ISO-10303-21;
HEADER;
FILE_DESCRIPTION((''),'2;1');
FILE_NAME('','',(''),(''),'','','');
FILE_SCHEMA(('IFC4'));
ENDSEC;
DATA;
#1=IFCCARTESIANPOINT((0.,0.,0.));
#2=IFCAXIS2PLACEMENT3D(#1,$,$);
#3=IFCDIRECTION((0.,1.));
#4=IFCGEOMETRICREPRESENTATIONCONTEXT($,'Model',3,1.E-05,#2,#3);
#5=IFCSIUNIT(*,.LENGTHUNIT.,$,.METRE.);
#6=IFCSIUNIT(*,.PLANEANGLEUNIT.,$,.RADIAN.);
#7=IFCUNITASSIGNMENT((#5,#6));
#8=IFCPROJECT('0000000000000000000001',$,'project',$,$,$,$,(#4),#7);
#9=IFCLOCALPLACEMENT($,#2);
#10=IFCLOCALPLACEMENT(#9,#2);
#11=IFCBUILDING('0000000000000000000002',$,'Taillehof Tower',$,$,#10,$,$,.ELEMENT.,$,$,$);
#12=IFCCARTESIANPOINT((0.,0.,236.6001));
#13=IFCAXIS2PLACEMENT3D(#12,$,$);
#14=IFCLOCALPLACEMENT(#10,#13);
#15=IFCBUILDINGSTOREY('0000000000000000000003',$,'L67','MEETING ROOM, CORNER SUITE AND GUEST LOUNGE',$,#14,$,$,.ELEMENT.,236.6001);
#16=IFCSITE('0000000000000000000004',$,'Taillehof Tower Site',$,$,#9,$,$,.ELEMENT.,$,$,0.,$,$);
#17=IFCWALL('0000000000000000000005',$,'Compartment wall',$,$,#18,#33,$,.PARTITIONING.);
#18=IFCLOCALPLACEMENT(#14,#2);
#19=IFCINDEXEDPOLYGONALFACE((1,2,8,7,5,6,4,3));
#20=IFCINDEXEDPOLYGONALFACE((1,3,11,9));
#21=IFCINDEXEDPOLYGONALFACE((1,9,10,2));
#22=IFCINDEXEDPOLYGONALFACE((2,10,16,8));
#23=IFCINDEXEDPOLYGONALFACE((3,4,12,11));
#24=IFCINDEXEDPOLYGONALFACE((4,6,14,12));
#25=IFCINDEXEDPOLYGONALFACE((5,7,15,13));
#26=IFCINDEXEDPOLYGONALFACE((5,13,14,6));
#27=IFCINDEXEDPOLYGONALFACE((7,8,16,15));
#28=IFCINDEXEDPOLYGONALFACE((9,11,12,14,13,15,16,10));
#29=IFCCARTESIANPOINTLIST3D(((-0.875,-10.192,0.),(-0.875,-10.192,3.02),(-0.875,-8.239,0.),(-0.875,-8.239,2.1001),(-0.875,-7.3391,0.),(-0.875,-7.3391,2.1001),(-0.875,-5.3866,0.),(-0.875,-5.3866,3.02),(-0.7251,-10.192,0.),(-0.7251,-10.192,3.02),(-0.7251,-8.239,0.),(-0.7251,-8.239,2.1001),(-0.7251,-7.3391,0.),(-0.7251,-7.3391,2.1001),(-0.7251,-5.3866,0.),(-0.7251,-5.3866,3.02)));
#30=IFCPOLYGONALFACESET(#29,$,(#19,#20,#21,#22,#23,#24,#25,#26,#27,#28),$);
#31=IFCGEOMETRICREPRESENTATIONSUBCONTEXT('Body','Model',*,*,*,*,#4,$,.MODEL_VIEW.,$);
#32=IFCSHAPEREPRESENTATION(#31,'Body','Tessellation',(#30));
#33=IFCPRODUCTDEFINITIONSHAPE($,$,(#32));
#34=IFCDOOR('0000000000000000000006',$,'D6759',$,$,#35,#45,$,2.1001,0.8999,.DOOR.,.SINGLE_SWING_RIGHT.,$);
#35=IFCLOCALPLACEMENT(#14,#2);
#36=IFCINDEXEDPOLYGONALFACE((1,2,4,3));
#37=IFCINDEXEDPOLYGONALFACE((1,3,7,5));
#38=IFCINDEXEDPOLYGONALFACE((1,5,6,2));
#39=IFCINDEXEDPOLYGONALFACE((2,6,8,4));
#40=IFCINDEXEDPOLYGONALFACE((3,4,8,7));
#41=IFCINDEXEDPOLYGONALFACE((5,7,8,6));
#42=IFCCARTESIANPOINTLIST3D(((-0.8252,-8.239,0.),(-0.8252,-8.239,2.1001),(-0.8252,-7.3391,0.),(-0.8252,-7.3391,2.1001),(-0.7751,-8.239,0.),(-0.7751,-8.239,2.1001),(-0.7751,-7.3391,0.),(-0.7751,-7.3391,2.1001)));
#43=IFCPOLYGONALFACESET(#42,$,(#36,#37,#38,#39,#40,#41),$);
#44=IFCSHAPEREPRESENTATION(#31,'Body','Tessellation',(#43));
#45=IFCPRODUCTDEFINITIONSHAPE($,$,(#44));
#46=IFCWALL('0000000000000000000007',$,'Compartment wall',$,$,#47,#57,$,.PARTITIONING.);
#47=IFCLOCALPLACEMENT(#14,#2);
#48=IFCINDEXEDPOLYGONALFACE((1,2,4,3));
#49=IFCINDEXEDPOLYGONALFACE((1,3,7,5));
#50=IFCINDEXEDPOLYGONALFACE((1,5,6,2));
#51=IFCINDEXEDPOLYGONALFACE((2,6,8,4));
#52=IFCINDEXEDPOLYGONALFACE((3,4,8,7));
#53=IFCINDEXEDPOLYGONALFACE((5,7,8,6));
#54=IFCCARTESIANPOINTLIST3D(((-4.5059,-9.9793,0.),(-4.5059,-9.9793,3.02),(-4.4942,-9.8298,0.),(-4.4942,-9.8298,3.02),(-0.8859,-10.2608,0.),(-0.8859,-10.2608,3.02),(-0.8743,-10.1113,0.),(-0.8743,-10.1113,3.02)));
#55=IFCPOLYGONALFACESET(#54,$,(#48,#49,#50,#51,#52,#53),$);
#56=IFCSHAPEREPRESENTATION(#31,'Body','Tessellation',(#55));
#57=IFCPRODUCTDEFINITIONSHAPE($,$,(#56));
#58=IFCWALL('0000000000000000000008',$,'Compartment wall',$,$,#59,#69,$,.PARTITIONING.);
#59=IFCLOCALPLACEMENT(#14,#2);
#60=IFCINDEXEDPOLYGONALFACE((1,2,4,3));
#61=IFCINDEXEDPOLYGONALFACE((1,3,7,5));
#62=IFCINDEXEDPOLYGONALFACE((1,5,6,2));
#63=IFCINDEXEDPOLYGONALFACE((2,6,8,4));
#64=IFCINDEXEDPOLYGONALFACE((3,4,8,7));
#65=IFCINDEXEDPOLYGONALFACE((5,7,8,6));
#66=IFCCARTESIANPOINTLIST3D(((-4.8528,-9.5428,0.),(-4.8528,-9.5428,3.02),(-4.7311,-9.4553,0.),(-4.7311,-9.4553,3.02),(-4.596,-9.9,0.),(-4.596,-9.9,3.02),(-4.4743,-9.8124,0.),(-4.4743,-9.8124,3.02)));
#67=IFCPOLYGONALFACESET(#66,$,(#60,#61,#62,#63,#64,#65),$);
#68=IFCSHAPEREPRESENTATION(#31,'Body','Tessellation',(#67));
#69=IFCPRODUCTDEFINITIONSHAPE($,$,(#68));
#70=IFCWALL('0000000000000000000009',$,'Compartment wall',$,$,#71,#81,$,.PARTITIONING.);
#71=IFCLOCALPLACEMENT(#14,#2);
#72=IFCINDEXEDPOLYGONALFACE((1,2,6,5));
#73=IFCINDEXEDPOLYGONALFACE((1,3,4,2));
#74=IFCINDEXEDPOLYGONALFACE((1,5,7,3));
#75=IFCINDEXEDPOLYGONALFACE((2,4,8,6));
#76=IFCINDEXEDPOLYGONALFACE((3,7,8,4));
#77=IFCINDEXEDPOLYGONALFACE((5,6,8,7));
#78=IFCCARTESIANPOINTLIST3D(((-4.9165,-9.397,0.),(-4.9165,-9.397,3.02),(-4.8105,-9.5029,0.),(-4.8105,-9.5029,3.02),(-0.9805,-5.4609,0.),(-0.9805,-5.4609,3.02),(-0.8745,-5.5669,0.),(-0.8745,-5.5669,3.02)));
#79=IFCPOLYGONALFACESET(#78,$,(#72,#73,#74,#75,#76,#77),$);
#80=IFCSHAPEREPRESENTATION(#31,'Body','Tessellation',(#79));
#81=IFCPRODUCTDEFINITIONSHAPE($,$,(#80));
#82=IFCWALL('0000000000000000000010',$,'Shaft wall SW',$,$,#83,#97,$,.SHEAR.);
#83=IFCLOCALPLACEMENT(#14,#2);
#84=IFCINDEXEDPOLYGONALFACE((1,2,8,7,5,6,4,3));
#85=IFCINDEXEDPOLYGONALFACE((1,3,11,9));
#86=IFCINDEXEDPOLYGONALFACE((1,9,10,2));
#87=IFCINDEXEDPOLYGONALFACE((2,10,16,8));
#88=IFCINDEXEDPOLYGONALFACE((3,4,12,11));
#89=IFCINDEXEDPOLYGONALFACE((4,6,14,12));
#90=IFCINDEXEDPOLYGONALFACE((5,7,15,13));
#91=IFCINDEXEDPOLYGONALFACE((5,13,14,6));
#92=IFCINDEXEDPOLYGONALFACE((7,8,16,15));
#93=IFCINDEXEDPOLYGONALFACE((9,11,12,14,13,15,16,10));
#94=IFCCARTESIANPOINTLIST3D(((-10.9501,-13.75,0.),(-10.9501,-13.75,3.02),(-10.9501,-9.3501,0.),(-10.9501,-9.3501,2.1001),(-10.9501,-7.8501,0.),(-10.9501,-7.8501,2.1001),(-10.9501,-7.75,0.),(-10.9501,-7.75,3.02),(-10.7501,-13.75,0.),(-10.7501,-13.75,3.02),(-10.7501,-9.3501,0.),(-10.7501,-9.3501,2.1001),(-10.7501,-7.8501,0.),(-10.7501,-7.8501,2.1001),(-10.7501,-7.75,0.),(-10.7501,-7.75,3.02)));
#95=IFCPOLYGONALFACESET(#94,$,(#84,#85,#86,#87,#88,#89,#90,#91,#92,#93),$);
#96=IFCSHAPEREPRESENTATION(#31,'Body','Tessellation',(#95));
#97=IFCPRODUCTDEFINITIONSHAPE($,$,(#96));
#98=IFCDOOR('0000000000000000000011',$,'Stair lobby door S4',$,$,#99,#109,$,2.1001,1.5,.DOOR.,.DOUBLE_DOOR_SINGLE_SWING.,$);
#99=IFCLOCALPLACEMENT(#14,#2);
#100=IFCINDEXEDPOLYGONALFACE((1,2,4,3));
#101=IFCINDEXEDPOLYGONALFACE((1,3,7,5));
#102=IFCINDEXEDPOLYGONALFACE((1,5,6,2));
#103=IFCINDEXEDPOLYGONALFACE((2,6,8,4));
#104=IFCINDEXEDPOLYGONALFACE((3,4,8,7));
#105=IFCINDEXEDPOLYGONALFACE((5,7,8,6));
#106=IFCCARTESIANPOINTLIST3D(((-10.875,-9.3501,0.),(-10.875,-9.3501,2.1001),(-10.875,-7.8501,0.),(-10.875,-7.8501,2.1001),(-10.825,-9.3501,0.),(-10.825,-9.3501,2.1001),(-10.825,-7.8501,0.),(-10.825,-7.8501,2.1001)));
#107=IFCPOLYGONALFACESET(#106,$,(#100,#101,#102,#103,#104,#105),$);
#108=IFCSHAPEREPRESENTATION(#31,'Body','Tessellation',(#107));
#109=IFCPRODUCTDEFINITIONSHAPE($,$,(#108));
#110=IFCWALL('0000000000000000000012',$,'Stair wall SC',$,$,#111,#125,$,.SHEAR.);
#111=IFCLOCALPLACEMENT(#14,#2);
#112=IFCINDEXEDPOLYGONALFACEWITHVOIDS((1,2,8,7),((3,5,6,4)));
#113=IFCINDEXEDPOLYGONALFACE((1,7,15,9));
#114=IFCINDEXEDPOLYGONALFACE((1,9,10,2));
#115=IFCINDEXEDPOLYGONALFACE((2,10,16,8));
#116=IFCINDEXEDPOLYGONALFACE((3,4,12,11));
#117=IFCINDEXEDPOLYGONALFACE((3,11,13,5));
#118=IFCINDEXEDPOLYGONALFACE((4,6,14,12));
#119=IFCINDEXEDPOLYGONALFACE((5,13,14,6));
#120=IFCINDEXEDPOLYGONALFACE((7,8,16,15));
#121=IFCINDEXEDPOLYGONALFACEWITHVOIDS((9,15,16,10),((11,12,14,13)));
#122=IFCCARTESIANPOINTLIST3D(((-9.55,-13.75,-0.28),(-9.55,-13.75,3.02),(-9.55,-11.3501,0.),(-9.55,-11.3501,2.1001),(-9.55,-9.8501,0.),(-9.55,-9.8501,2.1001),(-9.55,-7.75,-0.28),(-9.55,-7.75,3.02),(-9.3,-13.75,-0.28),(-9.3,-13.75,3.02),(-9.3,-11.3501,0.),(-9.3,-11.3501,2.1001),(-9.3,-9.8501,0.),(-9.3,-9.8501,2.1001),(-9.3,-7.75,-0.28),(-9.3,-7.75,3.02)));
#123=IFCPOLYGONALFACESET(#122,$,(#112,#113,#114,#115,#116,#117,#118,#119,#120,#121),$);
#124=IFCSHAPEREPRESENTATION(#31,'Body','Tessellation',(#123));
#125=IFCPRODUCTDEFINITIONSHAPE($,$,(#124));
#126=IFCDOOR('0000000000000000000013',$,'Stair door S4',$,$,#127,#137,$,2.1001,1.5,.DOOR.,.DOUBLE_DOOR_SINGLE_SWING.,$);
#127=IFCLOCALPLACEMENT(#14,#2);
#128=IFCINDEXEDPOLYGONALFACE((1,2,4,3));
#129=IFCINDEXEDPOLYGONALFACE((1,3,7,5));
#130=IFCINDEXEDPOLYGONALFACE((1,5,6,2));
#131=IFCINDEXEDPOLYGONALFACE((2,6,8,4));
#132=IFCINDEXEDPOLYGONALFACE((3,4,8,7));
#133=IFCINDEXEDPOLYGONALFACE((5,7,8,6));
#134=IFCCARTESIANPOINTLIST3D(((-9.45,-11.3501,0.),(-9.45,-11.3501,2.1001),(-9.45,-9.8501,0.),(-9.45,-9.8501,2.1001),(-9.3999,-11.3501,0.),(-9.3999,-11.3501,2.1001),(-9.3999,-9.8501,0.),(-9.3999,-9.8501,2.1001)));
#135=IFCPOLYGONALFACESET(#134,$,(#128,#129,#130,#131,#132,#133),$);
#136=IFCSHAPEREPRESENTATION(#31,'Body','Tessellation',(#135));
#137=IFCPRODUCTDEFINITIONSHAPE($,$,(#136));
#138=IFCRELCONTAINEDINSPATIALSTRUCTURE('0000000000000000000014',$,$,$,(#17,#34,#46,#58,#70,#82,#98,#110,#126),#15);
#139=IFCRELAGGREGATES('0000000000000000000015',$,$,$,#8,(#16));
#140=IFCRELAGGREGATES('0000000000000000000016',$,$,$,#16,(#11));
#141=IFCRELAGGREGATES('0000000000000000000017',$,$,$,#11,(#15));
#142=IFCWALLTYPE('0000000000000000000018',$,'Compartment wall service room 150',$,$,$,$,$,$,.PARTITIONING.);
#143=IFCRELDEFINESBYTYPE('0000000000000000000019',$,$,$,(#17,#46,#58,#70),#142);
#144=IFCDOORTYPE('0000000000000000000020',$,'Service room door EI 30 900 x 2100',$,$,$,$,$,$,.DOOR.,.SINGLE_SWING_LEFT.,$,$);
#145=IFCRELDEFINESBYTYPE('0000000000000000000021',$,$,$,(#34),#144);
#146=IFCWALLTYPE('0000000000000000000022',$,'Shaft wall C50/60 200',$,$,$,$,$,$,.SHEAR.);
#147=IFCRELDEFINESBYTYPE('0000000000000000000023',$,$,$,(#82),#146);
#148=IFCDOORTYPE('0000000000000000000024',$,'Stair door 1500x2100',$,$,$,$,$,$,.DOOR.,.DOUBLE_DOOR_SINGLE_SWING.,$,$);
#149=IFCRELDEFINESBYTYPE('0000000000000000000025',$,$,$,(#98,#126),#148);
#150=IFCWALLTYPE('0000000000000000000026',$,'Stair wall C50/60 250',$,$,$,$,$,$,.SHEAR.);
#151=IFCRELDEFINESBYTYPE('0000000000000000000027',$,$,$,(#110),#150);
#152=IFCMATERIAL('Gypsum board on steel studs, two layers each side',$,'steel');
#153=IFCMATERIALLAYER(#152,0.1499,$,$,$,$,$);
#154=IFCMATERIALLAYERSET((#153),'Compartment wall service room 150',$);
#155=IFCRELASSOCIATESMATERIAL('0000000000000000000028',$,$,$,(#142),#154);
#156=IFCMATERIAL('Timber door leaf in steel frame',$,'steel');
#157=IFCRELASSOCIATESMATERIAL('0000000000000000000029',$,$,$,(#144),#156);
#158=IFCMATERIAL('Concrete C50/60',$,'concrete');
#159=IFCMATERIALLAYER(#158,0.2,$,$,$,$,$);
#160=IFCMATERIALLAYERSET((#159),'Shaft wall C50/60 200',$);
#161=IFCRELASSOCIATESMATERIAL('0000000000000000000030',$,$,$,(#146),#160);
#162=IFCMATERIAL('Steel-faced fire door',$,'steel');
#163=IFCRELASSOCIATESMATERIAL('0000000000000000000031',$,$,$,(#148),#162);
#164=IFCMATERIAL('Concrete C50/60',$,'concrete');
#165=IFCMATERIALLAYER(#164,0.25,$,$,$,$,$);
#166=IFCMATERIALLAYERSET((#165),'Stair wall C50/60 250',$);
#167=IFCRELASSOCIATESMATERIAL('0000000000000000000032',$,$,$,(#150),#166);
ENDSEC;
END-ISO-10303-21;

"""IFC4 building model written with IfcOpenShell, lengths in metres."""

from ifc_helpers import new_model, si_unit, direction, frame, frame_2d, origin, place, context, subcontext, project, spatial, rectangle, extrude, material, layer, layer_set, type_object, element, fill, save


model = new_model("IFC4")

# Units and contexts
model_context = context("Model", 3, precision=1e-05, world=origin(), true_north=direction((0.0, 1.0)))
body_context = subcontext(model_context, "Body", "Model", "MODEL_VIEW")
ifc_project = project(units=[si_unit("LENGTHUNIT", "METRE"), si_unit("PLANEANGLEUNIT", "RADIAN")], contexts=[model_context])

# Site, building, storey
site_placement = place(None, origin())
site = spatial("IfcSite", under=ifc_project, at=site_placement, Name="Taillehof Tower Site", CompositionType="ELEMENT", RefElevation=0.0)
building_placement = place(site_placement, origin())
building = spatial("IfcBuilding", under=site, at=building_placement, Name="Taillehof Tower", CompositionType="ELEMENT")
storey_placement = place(building_placement, frame((0.0, 0.0, 236.6001)))
storey = spatial("IfcBuildingStorey", under=building, at=storey_placement, Name="L67", Description="MEETING ROOM, CORNER SUITE AND GUEST LOUNGE", CompositionType="ELEMENT", Elevation=236.6001)

# Wall, opening, door
ifc_material_1 = material(Name="Gypsum board on steel studs, two layers each side", Category="steel")
ifc_layer_1 = layer(ifc_material_1, 0.1499)
ifc_layer_set_1 = layer_set([ifc_layer_1], Name="Compartment wall service room 150")
wall_type_1 = type_object("IfcWallType", Name="Compartment wall service room 150", PredefinedType="PARTITIONING", material=ifc_layer_set_1)
wall_1_placement = place(storey_placement, frame((-0.8, -5.3865, 0.0), z_axis=(0.0, 0.0, 1.0), x_axis=(0.0, -1.0, 0.0)))
wall_1 = element("IfcWall", 1, at=wall_1_placement, inside=storey, type_object=wall_type_1, Name="Compartment wall", PredefinedType="PARTITIONING", context=body_context, shape_type="SweptSolid", body=[
    extrude(rectangle(XDim=4.8054, YDim=0.1499, at=frame_2d((2.4028, 0.0))), origin(), (0.0, 0.0, 1.0), 3.02),
])
opening_1_placement = place(wall_1_placement, frame((1.9526, 0.0, 0.0)))
opening_1 = element("IfcOpeningElement", 2, at=opening_1_placement, cuts=wall_1, PredefinedType="OPENING", context=body_context, shape_type="SweptSolid", body=[
    extrude(rectangle(XDim=0.8999, YDim=2.1001, at=frame_2d((0.45, 1.05))), frame((0.0, 0.085, 0.0), z_axis=(0.0, -1.0, 0.0), x_axis=(1.0, 0.0, 0.0)), (0.0, 0.0, 1.0), 0.1699),
])
ifc_material_2 = material(Name="Timber door leaf in steel frame", Category="steel")
door_type_1 = type_object("IfcDoorType", Name="Service room door EI 30 900 x 2100", OperationType="SINGLE_SWING_LEFT", PredefinedType="DOOR", material=ifc_material_2)
door_1_placement = place(opening_1_placement, origin())
door_1 = element("IfcDoor", 3, at=door_1_placement, inside=storey, type_object=door_type_1, Name="D6759", OperationType="SINGLE_SWING_RIGHT", OverallHeight=2.1001, OverallWidth=0.8999, PredefinedType="DOOR", context=body_context, shape_type="SweptSolid", body=[
    extrude(rectangle(XDim=0.8999, YDim=2.1001, at=frame_2d((0.45, 1.05))), frame((0.0, 0.0249, 0.0), z_axis=(0.0, -1.0, 0.0), x_axis=(1.0, 0.0, 0.0)), (0.0, 0.0, 1.0), 0.05),
])
fill(opening_1, door_1)

# Walls
wall_2_placement = place(storey_placement, frame((-0.8801, -10.186, 0.0), z_axis=(0.0, 0.0, 1.0), x_axis=(-0.99699, 0.077529, 0.0)))
element("IfcWall", 4, at=wall_2_placement, inside=storey, type_object=wall_type_1, Name="Compartment wall", PredefinedType="PARTITIONING", context=body_context, shape_type="SweptSolid", body=[
    extrude(rectangle(XDim=3.6309, YDim=0.1499, at=frame_2d((1.8154, 0.0))), origin(), (0.0, 0.0, 1.0), 3.02),
])
wall_3_placement = place(storey_placement, frame((-4.5352, -9.8562, 0.0), z_axis=(0.0, 0.0, 1.0), x_axis=(-0.583808, 0.811892, 0.0)))
element("IfcWall", 5, at=wall_3_placement, inside=storey, type_object=wall_type_1, Name="Compartment wall", PredefinedType="PARTITIONING", context=body_context, shape_type="SweptSolid", body=[
    extrude(rectangle(XDim=0.4399, YDim=0.1499, at=frame_2d((0.22, 0.0))), origin(), (0.0, 0.0, 1.0), 3.02),
])
wall_4_placement = place(storey_placement, frame((-4.8635, -9.45, 0.0), z_axis=(0.0, 0.0, 1.0), x_axis=(0.707107, 0.707107, 0.0)))
element("IfcWall", 6, at=wall_4_placement, inside=storey, type_object=wall_type_1, Name="Compartment wall", PredefinedType="PARTITIONING", context=body_context, shape_type="SweptSolid", body=[
    extrude(rectangle(XDim=5.5664, YDim=0.1499, at=frame_2d((2.7832, 0.0))), origin(), (0.0, 0.0, 1.0), 3.02),
])

# Walls, openings, doors
ifc_material_3 = material(Name="Concrete C50/60", Category="concrete")
ifc_layer_2 = layer(ifc_material_3, 0.2)
ifc_layer_set_2 = layer_set([ifc_layer_2], Name="Shaft wall C50/60 200")
wall_type_2 = type_object("IfcWallType", Name="Shaft wall C50/60 200", PredefinedType="SHEAR", material=ifc_layer_set_2)
wall_5_placement = place(storey_placement, frame((-10.8501, -13.75, 0.0), z_axis=(0.0, 0.0, 1.0), x_axis=(0.0, 1.0, 0.0)))
wall_5 = element("IfcWall", 7, at=wall_5_placement, inside=storey, type_object=wall_type_2, Name="Shaft wall SW", PredefinedType="SHEAR", context=body_context, shape_type="SweptSolid", body=[
    extrude(rectangle(XDim=6.0, YDim=0.2, at=frame_2d((3.0, 0.0))), origin(), (0.0, 0.0, 1.0), 3.02),
])
opening_2_placement = place(wall_5_placement, frame((4.3999, 0.0, 0.0)))
opening_2 = element("IfcOpeningElement", 8, at=opening_2_placement, cuts=wall_5, PredefinedType="OPENING", context=body_context, shape_type="SweptSolid", body=[
    extrude(rectangle(XDim=1.5, YDim=2.1001, at=frame_2d((0.75, 1.05))), frame((0.0, 0.1099, 0.0), z_axis=(0.0, -1.0, 0.0), x_axis=(1.0, 0.0, 0.0)), (0.0, 0.0, 1.0), 0.22),
])
ifc_material_4 = material(Name="Steel-faced fire door", Category="steel")
door_type_2 = type_object("IfcDoorType", Name="Stair door 1500x2100", OperationType="DOUBLE_DOOR_SINGLE_SWING", PredefinedType="DOOR", material=ifc_material_4)
door_2_placement = place(opening_2_placement, origin())
door_2 = element("IfcDoor", 9, at=door_2_placement, inside=storey, type_object=door_type_2, Name="Stair lobby door S4", OperationType="DOUBLE_DOOR_SINGLE_SWING", OverallHeight=2.1001, OverallWidth=1.5, PredefinedType="DOOR", context=body_context, shape_type="SweptSolid", body=[
    extrude(rectangle(XDim=1.5, YDim=2.1001, at=frame_2d((0.75, 1.05))), frame((0.0, 0.0249, 0.0), z_axis=(0.0, -1.0, 0.0), x_axis=(1.0, 0.0, 0.0)), (0.0, 0.0, 1.0), 0.05),
])
fill(opening_2, door_2)
ifc_material_5 = material(Name="Concrete C50/60", Category="concrete")
ifc_layer_3 = layer(ifc_material_5, 0.25)
ifc_layer_set_3 = layer_set([ifc_layer_3], Name="Stair wall C50/60 250")
wall_type_3 = type_object("IfcWallType", Name="Stair wall C50/60 250", PredefinedType="SHEAR", material=ifc_layer_set_3)
wall_6_placement = place(storey_placement, frame((-9.425, -13.75, -0.28), z_axis=(0.0, 0.0, 1.0), x_axis=(0.0, 1.0, 0.0)))
wall_6 = element("IfcWall", 10, at=wall_6_placement, inside=storey, type_object=wall_type_3, Name="Stair wall SC", PredefinedType="SHEAR", context=body_context, shape_type="SweptSolid", body=[
    extrude(rectangle(XDim=6.0, YDim=0.25, at=frame_2d((3.0, 0.0))), origin(), (0.0, 0.0, 1.0), 3.3),
])
opening_3_placement = place(wall_6_placement, frame((2.3999, 0.0, 0.28)))
opening_3 = element("IfcOpeningElement", 11, at=opening_3_placement, cuts=wall_6, PredefinedType="OPENING", context=body_context, shape_type="SweptSolid", body=[
    extrude(rectangle(XDim=1.5, YDim=2.1001, at=frame_2d((0.75, 1.05))), frame((0.0, 0.135, 0.0), z_axis=(0.0, -1.0, 0.0), x_axis=(1.0, 0.0, 0.0)), (0.0, 0.0, 1.0), 0.27),
])
door_3_placement = place(opening_3_placement, origin())
door_3 = element("IfcDoor", 12, at=door_3_placement, inside=storey, type_object=door_type_2, Name="Stair door S4", OperationType="DOUBLE_DOOR_SINGLE_SWING", OverallHeight=2.1001, OverallWidth=1.5, PredefinedType="DOOR", context=body_context, shape_type="SweptSolid", body=[
    extrude(rectangle(XDim=1.5, YDim=2.1001, at=frame_2d((0.75, 1.05))), frame((0.0, 0.0249, 0.0), z_axis=(0.0, -1.0, 0.0), x_axis=(1.0, 0.0, 0.0)), (0.0, 0.0, 1.0), 0.05),
])
fill(opening_3, door_3)

save(model, "model.ifc")
